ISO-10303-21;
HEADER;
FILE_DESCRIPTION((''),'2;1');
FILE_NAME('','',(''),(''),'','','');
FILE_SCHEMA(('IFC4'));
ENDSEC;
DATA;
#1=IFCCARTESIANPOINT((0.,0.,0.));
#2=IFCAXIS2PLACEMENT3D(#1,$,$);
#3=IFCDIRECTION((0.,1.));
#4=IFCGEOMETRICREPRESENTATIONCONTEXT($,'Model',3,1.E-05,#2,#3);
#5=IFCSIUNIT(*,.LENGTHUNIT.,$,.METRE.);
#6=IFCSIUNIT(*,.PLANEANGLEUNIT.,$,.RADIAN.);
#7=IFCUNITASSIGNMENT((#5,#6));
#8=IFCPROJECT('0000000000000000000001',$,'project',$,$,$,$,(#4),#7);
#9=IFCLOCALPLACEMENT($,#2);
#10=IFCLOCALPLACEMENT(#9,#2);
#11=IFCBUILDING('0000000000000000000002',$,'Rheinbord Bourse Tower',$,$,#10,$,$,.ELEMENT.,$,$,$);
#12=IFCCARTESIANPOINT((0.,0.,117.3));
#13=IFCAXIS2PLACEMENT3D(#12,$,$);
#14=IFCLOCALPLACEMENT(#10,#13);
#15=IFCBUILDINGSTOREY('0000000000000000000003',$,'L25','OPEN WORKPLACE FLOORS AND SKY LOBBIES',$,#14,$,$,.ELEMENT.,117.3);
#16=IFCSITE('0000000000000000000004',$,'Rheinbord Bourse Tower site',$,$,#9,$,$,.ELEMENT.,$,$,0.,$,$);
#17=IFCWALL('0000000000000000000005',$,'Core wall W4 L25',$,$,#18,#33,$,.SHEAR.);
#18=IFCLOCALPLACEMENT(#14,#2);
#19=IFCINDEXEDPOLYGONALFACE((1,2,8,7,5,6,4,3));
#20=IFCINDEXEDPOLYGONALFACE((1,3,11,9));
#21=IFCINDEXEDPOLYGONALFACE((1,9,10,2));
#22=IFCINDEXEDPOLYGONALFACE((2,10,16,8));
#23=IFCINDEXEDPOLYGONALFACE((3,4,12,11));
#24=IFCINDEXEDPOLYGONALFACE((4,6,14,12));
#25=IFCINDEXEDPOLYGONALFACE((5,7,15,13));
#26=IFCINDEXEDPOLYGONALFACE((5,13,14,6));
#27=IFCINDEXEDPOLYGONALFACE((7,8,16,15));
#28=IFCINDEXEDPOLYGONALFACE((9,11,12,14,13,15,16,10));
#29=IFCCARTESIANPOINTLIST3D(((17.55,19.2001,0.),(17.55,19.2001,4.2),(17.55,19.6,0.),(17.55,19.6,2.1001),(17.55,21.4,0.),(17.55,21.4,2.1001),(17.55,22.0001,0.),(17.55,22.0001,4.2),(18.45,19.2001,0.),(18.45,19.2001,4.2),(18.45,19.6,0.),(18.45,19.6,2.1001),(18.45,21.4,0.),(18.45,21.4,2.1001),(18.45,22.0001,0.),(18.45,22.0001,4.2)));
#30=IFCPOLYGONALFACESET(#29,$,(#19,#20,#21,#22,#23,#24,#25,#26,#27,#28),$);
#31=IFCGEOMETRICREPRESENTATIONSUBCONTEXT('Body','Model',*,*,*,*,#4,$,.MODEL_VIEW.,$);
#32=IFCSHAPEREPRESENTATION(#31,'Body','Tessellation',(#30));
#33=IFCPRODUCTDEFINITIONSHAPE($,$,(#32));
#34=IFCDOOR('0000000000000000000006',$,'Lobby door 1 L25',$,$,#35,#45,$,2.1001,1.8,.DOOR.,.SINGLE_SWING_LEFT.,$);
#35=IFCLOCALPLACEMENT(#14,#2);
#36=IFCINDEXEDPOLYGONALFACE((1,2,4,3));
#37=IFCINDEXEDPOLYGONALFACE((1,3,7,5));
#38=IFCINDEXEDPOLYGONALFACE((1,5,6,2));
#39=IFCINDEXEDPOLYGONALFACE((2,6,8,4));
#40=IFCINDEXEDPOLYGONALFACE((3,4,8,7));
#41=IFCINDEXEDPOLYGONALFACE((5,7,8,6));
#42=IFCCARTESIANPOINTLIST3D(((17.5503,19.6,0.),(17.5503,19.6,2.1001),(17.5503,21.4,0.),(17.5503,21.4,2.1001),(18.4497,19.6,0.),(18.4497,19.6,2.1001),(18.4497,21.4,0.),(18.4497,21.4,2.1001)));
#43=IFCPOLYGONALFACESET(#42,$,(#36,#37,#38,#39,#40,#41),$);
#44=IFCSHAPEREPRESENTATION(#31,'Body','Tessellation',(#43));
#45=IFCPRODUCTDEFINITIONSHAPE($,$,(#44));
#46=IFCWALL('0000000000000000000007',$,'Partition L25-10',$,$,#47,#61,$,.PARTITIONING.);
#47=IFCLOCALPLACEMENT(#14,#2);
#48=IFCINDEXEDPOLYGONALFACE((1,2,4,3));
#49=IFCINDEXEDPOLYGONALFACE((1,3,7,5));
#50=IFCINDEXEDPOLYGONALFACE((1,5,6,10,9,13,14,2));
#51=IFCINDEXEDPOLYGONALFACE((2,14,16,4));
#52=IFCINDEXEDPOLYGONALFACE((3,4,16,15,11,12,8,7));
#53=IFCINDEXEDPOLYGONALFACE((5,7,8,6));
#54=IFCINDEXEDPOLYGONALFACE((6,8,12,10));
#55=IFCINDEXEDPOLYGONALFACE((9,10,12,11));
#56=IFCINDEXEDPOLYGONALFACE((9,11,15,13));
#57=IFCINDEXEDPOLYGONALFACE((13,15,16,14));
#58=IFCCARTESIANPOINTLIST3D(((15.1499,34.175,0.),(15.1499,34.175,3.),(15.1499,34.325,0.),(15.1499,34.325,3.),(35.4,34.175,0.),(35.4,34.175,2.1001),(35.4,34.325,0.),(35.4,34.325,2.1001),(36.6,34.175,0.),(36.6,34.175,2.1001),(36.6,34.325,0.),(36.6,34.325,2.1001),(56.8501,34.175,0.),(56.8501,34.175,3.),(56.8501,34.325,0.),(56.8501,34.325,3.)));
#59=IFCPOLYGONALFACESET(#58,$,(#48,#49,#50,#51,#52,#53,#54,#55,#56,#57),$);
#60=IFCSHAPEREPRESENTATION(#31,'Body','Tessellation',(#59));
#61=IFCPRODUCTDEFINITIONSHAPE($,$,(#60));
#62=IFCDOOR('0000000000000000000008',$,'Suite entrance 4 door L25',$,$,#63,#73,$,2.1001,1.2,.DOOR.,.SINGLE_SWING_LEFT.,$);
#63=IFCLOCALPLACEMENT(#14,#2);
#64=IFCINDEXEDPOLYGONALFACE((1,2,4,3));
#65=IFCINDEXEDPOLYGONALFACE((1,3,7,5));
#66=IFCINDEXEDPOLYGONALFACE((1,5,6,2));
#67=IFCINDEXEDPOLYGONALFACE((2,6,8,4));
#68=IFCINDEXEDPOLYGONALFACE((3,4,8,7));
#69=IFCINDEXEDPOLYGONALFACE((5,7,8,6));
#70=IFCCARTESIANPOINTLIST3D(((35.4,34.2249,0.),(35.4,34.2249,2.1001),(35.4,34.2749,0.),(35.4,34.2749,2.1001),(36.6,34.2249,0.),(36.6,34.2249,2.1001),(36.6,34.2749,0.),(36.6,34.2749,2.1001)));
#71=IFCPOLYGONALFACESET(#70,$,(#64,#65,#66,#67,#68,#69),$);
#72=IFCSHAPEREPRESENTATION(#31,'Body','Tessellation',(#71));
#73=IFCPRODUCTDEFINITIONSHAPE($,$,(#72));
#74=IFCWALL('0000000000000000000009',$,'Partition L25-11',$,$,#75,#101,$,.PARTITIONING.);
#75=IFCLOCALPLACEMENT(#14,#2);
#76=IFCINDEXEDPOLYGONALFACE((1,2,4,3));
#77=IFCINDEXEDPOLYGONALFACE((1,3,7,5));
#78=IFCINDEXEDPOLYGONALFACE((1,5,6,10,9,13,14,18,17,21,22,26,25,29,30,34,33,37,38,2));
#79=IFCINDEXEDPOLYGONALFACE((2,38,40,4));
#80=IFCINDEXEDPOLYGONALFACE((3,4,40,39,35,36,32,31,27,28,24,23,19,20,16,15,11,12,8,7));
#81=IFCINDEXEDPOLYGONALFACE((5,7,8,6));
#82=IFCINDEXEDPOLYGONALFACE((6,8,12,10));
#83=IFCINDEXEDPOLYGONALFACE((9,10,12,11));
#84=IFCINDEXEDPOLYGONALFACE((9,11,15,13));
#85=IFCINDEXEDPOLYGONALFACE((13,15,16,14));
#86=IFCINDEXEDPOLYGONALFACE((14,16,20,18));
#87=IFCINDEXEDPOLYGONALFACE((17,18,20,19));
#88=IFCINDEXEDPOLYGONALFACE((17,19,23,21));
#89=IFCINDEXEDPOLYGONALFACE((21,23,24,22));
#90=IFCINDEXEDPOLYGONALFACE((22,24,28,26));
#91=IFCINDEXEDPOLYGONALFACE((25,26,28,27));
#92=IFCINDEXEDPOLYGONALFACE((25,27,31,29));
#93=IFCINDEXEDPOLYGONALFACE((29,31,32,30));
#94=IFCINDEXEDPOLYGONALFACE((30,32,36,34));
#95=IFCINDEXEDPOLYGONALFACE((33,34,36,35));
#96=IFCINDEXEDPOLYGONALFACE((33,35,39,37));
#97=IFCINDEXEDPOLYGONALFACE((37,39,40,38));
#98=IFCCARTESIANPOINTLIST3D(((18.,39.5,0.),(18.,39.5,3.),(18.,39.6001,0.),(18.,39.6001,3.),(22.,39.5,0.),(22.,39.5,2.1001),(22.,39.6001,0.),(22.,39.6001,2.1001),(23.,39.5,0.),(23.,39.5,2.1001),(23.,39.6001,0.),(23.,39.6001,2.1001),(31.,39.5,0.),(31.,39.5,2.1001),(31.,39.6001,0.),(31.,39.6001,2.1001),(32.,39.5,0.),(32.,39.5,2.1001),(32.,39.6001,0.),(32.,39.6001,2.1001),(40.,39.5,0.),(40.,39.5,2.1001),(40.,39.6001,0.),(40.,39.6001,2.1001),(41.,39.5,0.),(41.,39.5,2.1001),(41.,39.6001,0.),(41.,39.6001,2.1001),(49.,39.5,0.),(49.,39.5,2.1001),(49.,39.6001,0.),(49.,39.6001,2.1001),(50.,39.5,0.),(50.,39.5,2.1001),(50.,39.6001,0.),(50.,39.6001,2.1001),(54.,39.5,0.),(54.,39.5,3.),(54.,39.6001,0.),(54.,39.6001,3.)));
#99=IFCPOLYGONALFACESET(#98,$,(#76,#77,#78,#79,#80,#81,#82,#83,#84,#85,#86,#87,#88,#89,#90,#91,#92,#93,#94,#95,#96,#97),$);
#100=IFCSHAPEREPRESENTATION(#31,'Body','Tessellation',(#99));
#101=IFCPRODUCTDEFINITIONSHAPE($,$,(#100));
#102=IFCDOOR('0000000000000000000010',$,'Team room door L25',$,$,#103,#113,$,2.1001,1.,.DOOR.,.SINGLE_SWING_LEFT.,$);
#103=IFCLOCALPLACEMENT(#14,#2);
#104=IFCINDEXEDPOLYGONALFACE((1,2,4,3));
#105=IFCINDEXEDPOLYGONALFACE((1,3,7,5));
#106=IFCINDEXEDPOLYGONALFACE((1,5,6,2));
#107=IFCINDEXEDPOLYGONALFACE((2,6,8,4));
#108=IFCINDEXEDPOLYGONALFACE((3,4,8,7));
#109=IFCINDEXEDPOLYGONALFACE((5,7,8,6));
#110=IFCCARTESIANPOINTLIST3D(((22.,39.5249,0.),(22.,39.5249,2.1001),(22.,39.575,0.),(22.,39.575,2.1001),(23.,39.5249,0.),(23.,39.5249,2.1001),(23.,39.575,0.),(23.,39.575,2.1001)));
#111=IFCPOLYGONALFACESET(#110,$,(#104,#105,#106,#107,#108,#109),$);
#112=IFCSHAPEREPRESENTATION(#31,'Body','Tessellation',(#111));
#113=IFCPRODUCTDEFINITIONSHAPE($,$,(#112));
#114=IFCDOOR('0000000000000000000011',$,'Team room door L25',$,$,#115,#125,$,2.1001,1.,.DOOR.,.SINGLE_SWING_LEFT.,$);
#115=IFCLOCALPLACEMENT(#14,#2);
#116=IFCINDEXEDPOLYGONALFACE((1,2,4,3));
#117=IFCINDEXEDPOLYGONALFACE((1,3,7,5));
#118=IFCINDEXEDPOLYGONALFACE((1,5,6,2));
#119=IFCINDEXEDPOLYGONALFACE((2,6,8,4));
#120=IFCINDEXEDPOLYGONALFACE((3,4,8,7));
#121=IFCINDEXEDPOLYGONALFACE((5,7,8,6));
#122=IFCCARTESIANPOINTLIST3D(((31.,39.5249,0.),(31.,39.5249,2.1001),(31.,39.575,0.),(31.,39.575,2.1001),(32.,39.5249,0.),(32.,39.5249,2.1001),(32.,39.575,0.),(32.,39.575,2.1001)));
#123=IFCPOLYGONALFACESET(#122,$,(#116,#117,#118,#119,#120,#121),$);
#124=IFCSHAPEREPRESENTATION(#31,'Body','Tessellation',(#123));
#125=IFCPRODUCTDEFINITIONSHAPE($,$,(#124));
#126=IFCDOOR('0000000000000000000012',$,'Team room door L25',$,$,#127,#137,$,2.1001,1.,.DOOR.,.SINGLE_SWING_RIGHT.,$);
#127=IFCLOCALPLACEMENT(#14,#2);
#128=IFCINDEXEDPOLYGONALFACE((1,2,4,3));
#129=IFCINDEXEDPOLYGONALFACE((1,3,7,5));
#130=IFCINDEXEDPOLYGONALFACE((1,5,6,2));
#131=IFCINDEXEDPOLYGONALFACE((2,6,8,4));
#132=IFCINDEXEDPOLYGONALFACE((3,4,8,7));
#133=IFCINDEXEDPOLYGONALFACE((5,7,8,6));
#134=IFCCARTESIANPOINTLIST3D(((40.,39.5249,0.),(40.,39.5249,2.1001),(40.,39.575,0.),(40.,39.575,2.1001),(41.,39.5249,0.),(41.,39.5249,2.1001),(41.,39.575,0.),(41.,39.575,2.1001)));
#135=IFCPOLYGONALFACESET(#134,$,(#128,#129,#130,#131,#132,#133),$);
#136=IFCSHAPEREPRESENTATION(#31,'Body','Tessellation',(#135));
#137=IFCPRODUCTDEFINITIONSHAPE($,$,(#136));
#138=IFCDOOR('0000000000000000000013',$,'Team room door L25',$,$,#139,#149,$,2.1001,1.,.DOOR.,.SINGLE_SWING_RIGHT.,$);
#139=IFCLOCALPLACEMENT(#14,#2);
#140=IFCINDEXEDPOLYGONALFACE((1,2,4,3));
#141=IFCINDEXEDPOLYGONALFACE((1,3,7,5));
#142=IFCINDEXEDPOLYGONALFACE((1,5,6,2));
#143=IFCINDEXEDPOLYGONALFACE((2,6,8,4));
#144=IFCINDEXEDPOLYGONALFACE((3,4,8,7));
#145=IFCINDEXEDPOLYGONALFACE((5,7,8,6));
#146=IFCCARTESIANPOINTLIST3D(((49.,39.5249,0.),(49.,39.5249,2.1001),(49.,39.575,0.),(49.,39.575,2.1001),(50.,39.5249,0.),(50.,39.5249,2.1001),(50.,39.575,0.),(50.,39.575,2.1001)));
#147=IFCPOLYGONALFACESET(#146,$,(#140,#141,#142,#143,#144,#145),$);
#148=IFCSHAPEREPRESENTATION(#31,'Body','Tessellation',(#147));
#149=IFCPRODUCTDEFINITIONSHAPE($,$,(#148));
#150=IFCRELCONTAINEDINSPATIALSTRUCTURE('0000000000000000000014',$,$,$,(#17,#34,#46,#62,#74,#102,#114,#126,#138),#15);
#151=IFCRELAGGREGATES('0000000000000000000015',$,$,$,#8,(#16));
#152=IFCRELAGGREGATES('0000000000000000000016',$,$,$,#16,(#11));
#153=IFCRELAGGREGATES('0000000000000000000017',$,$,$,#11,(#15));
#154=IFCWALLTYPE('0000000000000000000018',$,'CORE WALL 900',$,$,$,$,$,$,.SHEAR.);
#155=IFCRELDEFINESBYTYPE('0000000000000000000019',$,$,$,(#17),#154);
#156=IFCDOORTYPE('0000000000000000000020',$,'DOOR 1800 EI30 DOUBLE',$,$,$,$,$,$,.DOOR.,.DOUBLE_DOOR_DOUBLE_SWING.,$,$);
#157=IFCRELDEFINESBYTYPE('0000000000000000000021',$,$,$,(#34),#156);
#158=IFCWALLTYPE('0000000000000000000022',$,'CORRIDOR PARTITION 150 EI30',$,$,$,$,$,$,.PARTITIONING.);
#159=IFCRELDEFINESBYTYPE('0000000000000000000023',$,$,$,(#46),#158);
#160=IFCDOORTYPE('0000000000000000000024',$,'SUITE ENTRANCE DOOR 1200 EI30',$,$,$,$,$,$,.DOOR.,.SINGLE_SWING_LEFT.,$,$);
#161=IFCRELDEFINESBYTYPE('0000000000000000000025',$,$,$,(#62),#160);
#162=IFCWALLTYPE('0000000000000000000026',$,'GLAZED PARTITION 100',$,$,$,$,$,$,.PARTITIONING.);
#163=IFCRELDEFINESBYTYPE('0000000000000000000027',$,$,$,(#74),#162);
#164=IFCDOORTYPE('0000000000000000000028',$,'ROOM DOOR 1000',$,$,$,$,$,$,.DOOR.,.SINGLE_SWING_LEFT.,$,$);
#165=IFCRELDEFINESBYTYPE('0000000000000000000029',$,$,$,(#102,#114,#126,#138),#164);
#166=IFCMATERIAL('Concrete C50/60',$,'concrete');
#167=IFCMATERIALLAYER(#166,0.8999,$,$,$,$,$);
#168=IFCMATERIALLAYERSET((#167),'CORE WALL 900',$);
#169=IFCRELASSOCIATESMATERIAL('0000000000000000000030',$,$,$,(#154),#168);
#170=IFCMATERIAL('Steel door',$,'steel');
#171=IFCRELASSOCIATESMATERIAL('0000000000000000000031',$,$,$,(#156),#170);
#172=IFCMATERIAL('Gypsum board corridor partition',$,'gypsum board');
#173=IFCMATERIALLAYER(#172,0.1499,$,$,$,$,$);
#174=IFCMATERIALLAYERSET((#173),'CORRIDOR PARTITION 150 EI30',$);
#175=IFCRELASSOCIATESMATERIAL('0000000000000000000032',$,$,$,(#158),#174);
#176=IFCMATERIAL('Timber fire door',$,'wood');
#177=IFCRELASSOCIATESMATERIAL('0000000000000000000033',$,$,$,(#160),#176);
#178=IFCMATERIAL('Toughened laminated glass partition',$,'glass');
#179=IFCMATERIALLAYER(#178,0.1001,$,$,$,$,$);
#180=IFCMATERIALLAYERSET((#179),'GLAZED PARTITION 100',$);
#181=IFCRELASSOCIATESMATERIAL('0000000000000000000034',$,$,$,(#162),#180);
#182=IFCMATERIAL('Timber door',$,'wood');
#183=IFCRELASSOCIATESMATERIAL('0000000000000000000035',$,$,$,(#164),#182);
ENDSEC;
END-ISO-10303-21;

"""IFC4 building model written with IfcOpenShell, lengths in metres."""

from ifc_helpers import new_model, si_unit, direction, frame, frame_2d, origin, place, context, subcontext, project, spatial, rectangle, extrude, material, layer, layer_set, type_object, element, fill, save


model = new_model("IFC4")

# Units and contexts
model_context = context("Model", 3, precision=1e-05, world=origin(), true_north=direction((0.0, 1.0)))
body_context = subcontext(model_context, "Body", "Model", "MODEL_VIEW")
ifc_project = project(units=[si_unit("LENGTHUNIT", "METRE"), si_unit("PLANEANGLEUNIT", "RADIAN")], contexts=[model_context])

# Site, building, storey
site_placement = place(None, origin())
site = spatial("IfcSite", under=ifc_project, at=site_placement, Name="Rheinbord Bourse Tower site", CompositionType="ELEMENT", RefElevation=0.0)
building_placement = place(site_placement, origin())
building = spatial("IfcBuilding", under=site, at=building_placement, Name="Rheinbord Bourse Tower", CompositionType="ELEMENT")
storey_placement = place(building_placement, frame((0.0, 0.0, 117.3)))
storey = spatial("IfcBuildingStorey", under=building, at=storey_placement, Name="L25", Description="OPEN WORKPLACE FLOORS AND SKY LOBBIES", CompositionType="ELEMENT", Elevation=117.3)

# Shared definitions
ifc_material_1 = material(Name="Concrete C50/60", Category="concrete")
ifc_layer_1 = layer(ifc_material_1, 0.8999)
ifc_layer_set_1 = layer_set([ifc_layer_1], Name="CORE WALL 900")
wall_type_1 = type_object("IfcWallType", Name="CORE WALL 900", PredefinedType="SHEAR", material=ifc_layer_set_1)

# Shared definitions
ifc_material_2 = material(Name="Steel door", Category="steel")
door_type_1 = type_object("IfcDoorType", Name="DOOR 1800 EI30 DOUBLE", OperationType="DOUBLE_DOOR_DOUBLE_SWING", PredefinedType="DOOR", material=ifc_material_2)

# Walls, openings, doors
wall_1_placement = place(storey_placement, frame((18.0, 22.0, 0.0), z_axis=(0.0, 0.0, 1.0), x_axis=(0.0, -1.0, 0.0)))
wall_1 = element("IfcWall", 1, at=wall_1_placement, inside=storey, type_object=wall_type_1, Name="Core wall W4 L25", PredefinedType="SHEAR", context=body_context, shape_type="SweptSolid", body=[
    extrude(rectangle(XDim=2.8, YDim=0.8999, at=frame_2d((1.3999, 0.0))), origin(), (0.0, 0.0, 1.0), 4.2),
])
opening_1_placement = place(wall_1_placement, frame((0.6001, 0.0, 0.0)))
opening_1 = element("IfcOpeningElement", 2, at=opening_1_placement, cuts=wall_1, PredefinedType="OPENING", context=body_context, shape_type="SweptSolid", body=[
    extrude(rectangle(XDim=1.8, YDim=2.1001, at=frame_2d((0.8999, 1.05))), frame((0.0, 0.46, 0.0), z_axis=(0.0, -1.0, 0.0), x_axis=(1.0, 0.0, 0.0)), (0.0, 0.0, 1.0), 0.9199),
])
door_1_placement = place(opening_1_placement, origin())
door_1 = element("IfcDoor", 3, at=door_1_placement, inside=storey, type_object=door_type_1, Name="Lobby door 1 L25", OperationType="SINGLE_SWING_LEFT", OverallHeight=2.1001, OverallWidth=1.8, PredefinedType="DOOR", context=body_context, shape_type="SweptSolid", body=[
    extrude(rectangle(XDim=1.8, YDim=2.1001, at=frame_2d((0.8999, 1.05))), frame((0.0, 0.4497, 0.0), z_axis=(0.0, -1.0, 0.0), x_axis=(1.0, 0.0, 0.0)), (0.0, 0.0, 1.0), 0.8994),
])
fill(opening_1, door_1)
ifc_material_3 = material(Name="Gypsum board corridor partition", Category="gypsum board")
ifc_layer_2 = layer(ifc_material_3, 0.1499)
ifc_layer_set_2 = layer_set([ifc_layer_2], Name="CORRIDOR PARTITION 150 EI30")
wall_type_2 = type_object("IfcWallType", Name="CORRIDOR PARTITION 150 EI30", PredefinedType="PARTITIONING", material=ifc_layer_set_2)
wall_2_placement = place(storey_placement, frame((15.1499, 34.25, 0.0), z_axis=(0.0, 0.0, 1.0), x_axis=(1.0, 0.0, 0.0)))
wall_2 = element("IfcWall", 4, at=wall_2_placement, inside=storey, type_object=wall_type_2, Name="Partition L25-10", PredefinedType="PARTITIONING", context=body_context, shape_type="SweptSolid", body=[
    extrude(rectangle(XDim=41.7002, YDim=0.1499, at=frame_2d((20.8501, 0.0))), origin(), (0.0, 0.0, 1.0), 3.0),
])
opening_2_placement = place(wall_2_placement, frame((20.25, 0.0, 0.0)))
opening_2 = element("IfcOpeningElement", 5, at=opening_2_placement, cuts=wall_2, PredefinedType="OPENING", context=body_context, shape_type="SweptSolid", body=[
    extrude(rectangle(XDim=1.2, YDim=2.1001, at=frame_2d((0.6001, 1.05))), frame((0.0, 0.085, 0.0), z_axis=(0.0, -1.0, 0.0), x_axis=(1.0, 0.0, 0.0)), (0.0, 0.0, 1.0), 0.1699),
])
ifc_material_4 = material(Name="Timber fire door", Category="wood")
door_type_2 = type_object("IfcDoorType", Name="SUITE ENTRANCE DOOR 1200 EI30", OperationType="SINGLE_SWING_LEFT", PredefinedType="DOOR", material=ifc_material_4)
door_2_placement = place(opening_2_placement, origin())
door_2 = element("IfcDoor", 6, at=door_2_placement, inside=storey, type_object=door_type_2, Name="Suite entrance 4 door L25", OperationType="SINGLE_SWING_LEFT", OverallHeight=2.1001, OverallWidth=1.2, PredefinedType="DOOR", context=body_context, shape_type="SweptSolid", body=[
    extrude(rectangle(XDim=1.2, YDim=2.1001, at=frame_2d((0.6001, 1.05))), frame((0.0, 0.0249, 0.0), z_axis=(0.0, -1.0, 0.0), x_axis=(1.0, 0.0, 0.0)), (0.0, 0.0, 1.0), 0.05),
])
fill(opening_2, door_2)

# Wall, openings, doors
ifc_material_5 = material(Name="Toughened laminated glass partition", Category="glass")
ifc_layer_3 = layer(ifc_material_5, 0.1001)
ifc_layer_set_3 = layer_set([ifc_layer_3], Name="GLAZED PARTITION 100")
wall_type_3 = type_object("IfcWallType", Name="GLAZED PARTITION 100", PredefinedType="PARTITIONING", material=ifc_layer_set_3)
wall_3_placement = place(storey_placement, frame((18.0, 39.55, 0.0), z_axis=(0.0, 0.0, 1.0), x_axis=(1.0, 0.0, 0.0)))
wall_3 = element("IfcWall", 7, at=wall_3_placement, inside=storey, type_object=wall_type_3, Name="Partition L25-11", PredefinedType="PARTITIONING", context=body_context, shape_type="SweptSolid", body=[
    extrude(rectangle(XDim=36.0, YDim=0.1001, at=frame_2d((18.0, 0.0))), origin(), (0.0, 0.0, 1.0), 3.0),
])
opening_3_placement = place(wall_3_placement, frame((4.0, 0.0, 0.0)))
opening_3 = element("IfcOpeningElement", 8, at=opening_3_placement, cuts=wall_3, PredefinedType="OPENING", context=body_context, shape_type="SweptSolid", body=[
    extrude(rectangle(XDim=1.0, YDim=2.1001, at=frame_2d((0.5, 1.05))), frame((0.0, 0.0601, 0.0), z_axis=(0.0, -1.0, 0.0), x_axis=(1.0, 0.0, 0.0)), (0.0, 0.0, 1.0), 0.1201),
])
opening_4_placement = place(wall_3_placement, frame((13.0, 0.0, 0.0)))
opening_4 = element("IfcOpeningElement", 9, at=opening_4_placement, cuts=wall_3, PredefinedType="OPENING", context=body_context, shape_type="SweptSolid", body=[
    extrude(rectangle(XDim=1.0, YDim=2.1001, at=frame_2d((0.5, 1.05))), frame((0.0, 0.0601, 0.0), z_axis=(0.0, -1.0, 0.0), x_axis=(1.0, 0.0, 0.0)), (0.0, 0.0, 1.0), 0.1201),
])
opening_5_placement = place(wall_3_placement, frame((22.0, 0.0, 0.0)))
opening_5 = element("IfcOpeningElement", 10, at=opening_5_placement, cuts=wall_3, PredefinedType="OPENING", context=body_context, shape_type="SweptSolid", body=[
    extrude(rectangle(XDim=1.0, YDim=2.1001, at=frame_2d((0.5, 1.05))), frame((0.0, 0.0601, 0.0), z_axis=(0.0, -1.0, 0.0), x_axis=(1.0, 0.0, 0.0)), (0.0, 0.0, 1.0), 0.1201),
])
opening_6_placement = place(wall_3_placement, frame((31.0, 0.0, 0.0)))
opening_6 = element("IfcOpeningElement", 11, at=opening_6_placement, cuts=wall_3, PredefinedType="OPENING", context=body_context, shape_type="SweptSolid", body=[
    extrude(rectangle(XDim=1.0, YDim=2.1001, at=frame_2d((0.5, 1.05))), frame((0.0, 0.0601, 0.0), z_axis=(0.0, -1.0, 0.0), x_axis=(1.0, 0.0, 0.0)), (0.0, 0.0, 1.0), 0.1201),
])
ifc_material_6 = material(Name="Timber door", Category="wood")
door_type_3 = type_object("IfcDoorType", Name="ROOM DOOR 1000", OperationType="SINGLE_SWING_LEFT", PredefinedType="DOOR", material=ifc_material_6)
door_3_placement = place(opening_3_placement, origin())
door_3 = element("IfcDoor", 12, at=door_3_placement, inside=storey, type_object=door_type_3, Name="Team room door L25", OperationType="SINGLE_SWING_LEFT", OverallHeight=2.1001, OverallWidth=1.0, PredefinedType="DOOR", context=body_context, shape_type="SweptSolid", body=[
    extrude(rectangle(XDim=1.0, YDim=2.1001, at=frame_2d((0.5, 1.05))), frame((0.0, 0.0249, 0.0), z_axis=(0.0, -1.0, 0.0), x_axis=(1.0, 0.0, 0.0)), (0.0, 0.0, 1.0), 0.05),
])
fill(opening_3, door_3)
door_4_placement = place(opening_4_placement, origin())
door_4 = element("IfcDoor", 13, at=door_4_placement, inside=storey, type_object=door_type_3, Name="Team room door L25", OperationType="SINGLE_SWING_LEFT", OverallHeight=2.1001, OverallWidth=1.0, PredefinedType="DOOR", context=body_context, shape_type="SweptSolid", body=[
    extrude(rectangle(XDim=1.0, YDim=2.1001, at=frame_2d((0.5, 1.05))), frame((0.0, 0.0249, 0.0), z_axis=(0.0, -1.0, 0.0), x_axis=(1.0, 0.0, 0.0)), (0.0, 0.0, 1.0), 0.05),
])
fill(opening_4, door_4)
door_5_placement = place(opening_5_placement, origin())
door_5 = element("IfcDoor", 14, at=door_5_placement, inside=storey, type_object=door_type_3, Name="Team room door L25", OperationType="SINGLE_SWING_RIGHT", OverallHeight=2.1001, OverallWidth=1.0, PredefinedType="DOOR", context=body_context, shape_type="SweptSolid", body=[
    extrude(rectangle(XDim=1.0, YDim=2.1001, at=frame_2d((0.5, 1.05))), frame((0.0, 0.0249, 0.0), z_axis=(0.0, -1.0, 0.0), x_axis=(1.0, 0.0, 0.0)), (0.0, 0.0, 1.0), 0.05),
])
fill(opening_5, door_5)
door_6_placement = place(opening_6_placement, origin())
door_6 = element("IfcDoor", 15, at=door_6_placement, inside=storey, type_object=door_type_3, Name="Team room door L25", OperationType="SINGLE_SWING_RIGHT", OverallHeight=2.1001, OverallWidth=1.0, PredefinedType="DOOR", context=body_context, shape_type="SweptSolid", body=[
    extrude(rectangle(XDim=1.0, YDim=2.1001, at=frame_2d((0.5, 1.05))), frame((0.0, 0.0249, 0.0), z_axis=(0.0, -1.0, 0.0), x_axis=(1.0, 0.0, 0.0)), (0.0, 0.0, 1.0), 0.05),
])
fill(opening_6, door_6)

save(model, "model.ifc")
